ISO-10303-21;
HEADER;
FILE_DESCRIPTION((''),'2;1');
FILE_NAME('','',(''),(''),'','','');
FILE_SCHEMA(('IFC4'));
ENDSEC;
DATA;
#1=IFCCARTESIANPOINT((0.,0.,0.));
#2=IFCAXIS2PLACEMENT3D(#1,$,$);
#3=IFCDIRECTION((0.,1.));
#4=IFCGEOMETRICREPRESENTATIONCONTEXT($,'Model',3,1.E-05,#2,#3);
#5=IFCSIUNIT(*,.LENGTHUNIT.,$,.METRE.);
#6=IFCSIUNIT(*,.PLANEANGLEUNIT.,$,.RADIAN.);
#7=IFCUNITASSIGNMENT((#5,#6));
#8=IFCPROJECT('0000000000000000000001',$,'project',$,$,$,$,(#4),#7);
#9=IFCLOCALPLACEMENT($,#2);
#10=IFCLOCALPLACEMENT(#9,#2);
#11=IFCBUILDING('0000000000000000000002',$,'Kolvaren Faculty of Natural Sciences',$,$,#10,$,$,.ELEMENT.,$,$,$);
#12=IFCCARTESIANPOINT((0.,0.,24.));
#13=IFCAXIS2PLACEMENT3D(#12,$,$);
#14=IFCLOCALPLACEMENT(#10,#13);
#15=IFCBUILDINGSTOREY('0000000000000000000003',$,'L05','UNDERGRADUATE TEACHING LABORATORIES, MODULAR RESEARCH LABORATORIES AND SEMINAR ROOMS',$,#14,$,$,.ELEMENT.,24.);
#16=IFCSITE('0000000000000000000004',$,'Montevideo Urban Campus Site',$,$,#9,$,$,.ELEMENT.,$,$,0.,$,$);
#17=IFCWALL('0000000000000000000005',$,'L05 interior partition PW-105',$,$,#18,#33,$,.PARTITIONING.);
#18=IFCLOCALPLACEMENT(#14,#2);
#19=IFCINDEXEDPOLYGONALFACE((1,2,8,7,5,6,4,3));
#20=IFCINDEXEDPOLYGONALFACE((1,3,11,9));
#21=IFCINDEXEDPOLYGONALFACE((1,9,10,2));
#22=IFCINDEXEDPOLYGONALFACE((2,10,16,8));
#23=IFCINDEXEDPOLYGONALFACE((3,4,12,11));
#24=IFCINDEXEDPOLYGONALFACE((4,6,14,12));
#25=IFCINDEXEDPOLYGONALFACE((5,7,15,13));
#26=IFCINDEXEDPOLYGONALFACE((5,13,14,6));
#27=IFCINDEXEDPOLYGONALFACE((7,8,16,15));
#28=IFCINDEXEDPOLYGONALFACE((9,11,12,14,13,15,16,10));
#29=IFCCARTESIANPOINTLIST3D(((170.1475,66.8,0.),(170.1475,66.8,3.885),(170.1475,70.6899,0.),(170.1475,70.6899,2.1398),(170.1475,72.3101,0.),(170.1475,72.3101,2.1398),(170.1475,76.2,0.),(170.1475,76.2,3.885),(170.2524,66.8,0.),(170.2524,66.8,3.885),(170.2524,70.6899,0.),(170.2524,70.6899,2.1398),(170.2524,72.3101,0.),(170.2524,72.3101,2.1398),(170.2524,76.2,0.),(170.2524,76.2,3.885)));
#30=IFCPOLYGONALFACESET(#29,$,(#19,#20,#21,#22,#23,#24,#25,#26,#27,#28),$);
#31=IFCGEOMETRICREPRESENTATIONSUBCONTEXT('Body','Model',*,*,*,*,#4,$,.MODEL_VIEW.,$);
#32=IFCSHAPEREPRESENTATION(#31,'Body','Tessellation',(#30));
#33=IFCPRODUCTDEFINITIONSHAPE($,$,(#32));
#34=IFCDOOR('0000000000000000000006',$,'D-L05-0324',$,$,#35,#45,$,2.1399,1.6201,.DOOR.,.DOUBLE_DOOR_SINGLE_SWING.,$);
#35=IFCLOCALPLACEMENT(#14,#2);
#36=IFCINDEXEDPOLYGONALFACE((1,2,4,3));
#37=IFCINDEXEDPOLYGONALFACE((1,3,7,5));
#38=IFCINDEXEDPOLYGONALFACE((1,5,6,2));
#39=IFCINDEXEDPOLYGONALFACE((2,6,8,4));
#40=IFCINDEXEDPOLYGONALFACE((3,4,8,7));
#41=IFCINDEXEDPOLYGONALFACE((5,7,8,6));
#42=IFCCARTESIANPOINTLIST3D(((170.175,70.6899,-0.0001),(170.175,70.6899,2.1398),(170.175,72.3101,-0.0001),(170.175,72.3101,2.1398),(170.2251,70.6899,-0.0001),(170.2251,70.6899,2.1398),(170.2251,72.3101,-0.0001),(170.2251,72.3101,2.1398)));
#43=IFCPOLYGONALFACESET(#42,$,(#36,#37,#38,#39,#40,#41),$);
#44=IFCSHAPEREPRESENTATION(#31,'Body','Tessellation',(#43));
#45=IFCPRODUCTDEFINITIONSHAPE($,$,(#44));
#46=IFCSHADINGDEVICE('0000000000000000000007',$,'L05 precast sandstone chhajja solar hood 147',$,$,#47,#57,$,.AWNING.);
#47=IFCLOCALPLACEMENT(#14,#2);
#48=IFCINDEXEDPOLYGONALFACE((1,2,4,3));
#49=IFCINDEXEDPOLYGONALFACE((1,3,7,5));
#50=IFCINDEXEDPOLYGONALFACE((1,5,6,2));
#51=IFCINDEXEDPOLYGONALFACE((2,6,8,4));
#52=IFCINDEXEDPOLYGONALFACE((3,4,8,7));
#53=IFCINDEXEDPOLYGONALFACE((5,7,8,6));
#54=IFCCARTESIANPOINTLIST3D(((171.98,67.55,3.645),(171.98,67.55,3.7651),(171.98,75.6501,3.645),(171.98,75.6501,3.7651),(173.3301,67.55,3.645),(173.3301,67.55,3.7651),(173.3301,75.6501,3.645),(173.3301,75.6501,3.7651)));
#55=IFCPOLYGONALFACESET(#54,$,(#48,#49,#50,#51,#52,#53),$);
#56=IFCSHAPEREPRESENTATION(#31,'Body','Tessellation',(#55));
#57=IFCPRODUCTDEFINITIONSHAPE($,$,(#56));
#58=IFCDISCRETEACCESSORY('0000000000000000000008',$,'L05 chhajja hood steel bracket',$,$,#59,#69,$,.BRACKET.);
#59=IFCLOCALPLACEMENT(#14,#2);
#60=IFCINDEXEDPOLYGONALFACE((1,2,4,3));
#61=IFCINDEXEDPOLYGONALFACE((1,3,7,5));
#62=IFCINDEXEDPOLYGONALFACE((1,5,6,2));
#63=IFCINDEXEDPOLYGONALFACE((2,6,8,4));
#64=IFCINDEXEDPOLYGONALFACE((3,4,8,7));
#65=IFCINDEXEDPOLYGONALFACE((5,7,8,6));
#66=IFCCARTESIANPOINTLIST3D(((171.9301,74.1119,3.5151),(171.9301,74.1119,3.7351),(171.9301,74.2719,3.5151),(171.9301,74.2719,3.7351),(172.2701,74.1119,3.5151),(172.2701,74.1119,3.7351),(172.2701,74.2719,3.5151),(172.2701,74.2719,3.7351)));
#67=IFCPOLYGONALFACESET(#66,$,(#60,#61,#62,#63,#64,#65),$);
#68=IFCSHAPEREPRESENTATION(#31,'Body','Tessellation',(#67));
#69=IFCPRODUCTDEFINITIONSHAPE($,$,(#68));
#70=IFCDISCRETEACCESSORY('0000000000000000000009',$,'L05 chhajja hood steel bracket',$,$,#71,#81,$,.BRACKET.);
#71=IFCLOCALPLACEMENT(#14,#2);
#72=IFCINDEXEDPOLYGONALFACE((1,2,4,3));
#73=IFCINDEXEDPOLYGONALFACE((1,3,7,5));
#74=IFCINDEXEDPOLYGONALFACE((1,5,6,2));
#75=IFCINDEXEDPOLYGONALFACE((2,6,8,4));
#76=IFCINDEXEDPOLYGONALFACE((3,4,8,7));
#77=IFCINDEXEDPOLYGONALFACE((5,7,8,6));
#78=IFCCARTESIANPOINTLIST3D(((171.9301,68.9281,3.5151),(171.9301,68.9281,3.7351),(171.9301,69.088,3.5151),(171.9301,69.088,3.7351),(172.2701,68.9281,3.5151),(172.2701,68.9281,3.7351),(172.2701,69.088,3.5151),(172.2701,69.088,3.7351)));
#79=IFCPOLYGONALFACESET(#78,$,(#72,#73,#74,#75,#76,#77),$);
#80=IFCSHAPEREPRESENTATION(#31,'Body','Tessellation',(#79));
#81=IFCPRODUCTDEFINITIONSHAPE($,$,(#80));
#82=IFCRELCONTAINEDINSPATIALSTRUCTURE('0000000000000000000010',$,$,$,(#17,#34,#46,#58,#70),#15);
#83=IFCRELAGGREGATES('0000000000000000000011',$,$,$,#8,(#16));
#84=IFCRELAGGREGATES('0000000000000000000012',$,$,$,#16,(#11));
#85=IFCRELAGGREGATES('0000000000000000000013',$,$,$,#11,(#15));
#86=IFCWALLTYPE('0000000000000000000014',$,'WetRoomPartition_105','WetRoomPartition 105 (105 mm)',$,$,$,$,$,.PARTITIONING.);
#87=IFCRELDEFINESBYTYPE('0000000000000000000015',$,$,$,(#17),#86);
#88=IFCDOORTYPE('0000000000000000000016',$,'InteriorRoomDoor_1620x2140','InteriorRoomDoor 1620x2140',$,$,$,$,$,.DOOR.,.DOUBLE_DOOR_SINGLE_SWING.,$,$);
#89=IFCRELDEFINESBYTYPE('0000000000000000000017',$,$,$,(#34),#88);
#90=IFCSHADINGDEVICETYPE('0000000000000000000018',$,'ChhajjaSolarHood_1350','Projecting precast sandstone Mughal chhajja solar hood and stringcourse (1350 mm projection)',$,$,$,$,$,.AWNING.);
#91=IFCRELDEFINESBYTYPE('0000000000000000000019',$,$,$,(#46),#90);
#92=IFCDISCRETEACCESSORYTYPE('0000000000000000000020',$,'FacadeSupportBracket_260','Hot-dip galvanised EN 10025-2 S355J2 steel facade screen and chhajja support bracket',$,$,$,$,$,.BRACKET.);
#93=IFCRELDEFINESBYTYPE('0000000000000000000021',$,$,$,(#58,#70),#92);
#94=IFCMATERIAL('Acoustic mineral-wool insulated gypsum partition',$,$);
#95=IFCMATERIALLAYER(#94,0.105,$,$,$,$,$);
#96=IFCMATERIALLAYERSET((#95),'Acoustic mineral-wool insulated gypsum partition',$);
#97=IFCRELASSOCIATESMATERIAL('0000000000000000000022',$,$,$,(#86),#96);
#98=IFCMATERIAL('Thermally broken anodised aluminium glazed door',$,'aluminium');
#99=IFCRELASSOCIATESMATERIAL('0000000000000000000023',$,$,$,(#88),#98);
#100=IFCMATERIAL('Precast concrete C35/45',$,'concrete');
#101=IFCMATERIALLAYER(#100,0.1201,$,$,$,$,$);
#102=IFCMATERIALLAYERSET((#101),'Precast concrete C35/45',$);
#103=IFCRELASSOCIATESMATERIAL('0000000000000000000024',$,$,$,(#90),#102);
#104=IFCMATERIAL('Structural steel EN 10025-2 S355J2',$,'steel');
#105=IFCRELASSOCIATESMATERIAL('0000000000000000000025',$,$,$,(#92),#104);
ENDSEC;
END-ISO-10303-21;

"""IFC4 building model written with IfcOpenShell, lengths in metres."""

from ifc_helpers import new_model, si_unit, direction, frame, frame_2d, origin, origin_2d, place, context, subcontext, project, spatial, rectangle, extrude, material, layer, layer_set, type_object, element, fill, save


model = new_model("IFC4")

# Units and contexts
model_context = context("Model", 3, precision=1e-05, world=origin(), true_north=direction((0.0, 1.0)))
body_context = subcontext(model_context, "Body", "Model", "MODEL_VIEW")
ifc_project = project(units=[si_unit("LENGTHUNIT", "METRE"), si_unit("PLANEANGLEUNIT", "RADIAN")], contexts=[model_context])

# Site, building, storey
site_placement = place(None, origin())
site = spatial("IfcSite", under=ifc_project, at=site_placement, Name="Montevideo Urban Campus Site", CompositionType="ELEMENT", RefElevation=0.0)
building_placement = place(site_placement, origin())
building = spatial("IfcBuilding", under=site, at=building_placement, Name="Kolvaren Faculty of Natural Sciences", CompositionType="ELEMENT")
storey_placement = place(building_placement, frame((0.0, 0.0, 24.0)))
storey = spatial("IfcBuildingStorey", under=building, at=storey_placement, Name="L05", Description="UNDERGRADUATE TEACHING LABORATORIES, MODULAR RESEARCH LABORATORIES AND SEMINAR ROOMS", CompositionType="ELEMENT", Elevation=24.0)

# Shared definitions
ifc_material_1 = material(Name="Precast concrete C35/45", Category="concrete")

# Shared definitions
ifc_material_2 = material(Name="Acoustic mineral-wool insulated gypsum partition")

# Wall, opening, door
ifc_layer_1 = layer(ifc_material_2, 0.105)
ifc_layer_set_1 = layer_set([ifc_layer_1], Name="Acoustic mineral-wool insulated gypsum partition")
wall_type_1 = type_object("IfcWallType", Name="WetRoomPartition_105", Description="WetRoomPartition 105 (105 mm)", PredefinedType="PARTITIONING", material=ifc_layer_set_1)
wall_1_placement = place(storey_placement, frame((170.2, 66.8, 0.0), z_axis=(0.0, 0.0, 1.0), x_axis=(0.0, 1.0, 0.0)))
wall_1 = element("IfcWall", 1, at=wall_1_placement, inside=storey, type_object=wall_type_1, Name="L05 interior partition PW-105", PredefinedType="PARTITIONING", context=body_context, shape_type="SweptSolid", body=[
    extrude(rectangle(XDim=9.3999, YDim=0.105, at=frame_2d((4.7, 0.0))), origin(), (0.0, 0.0, 1.0), 3.885),
])
opening_1_placement = place(wall_1_placement, frame((3.8899, 0.0, 0.0)))
opening_1 = element("IfcOpeningElement", 2, at=opening_1_placement, cuts=wall_1, PredefinedType="OPENING", context=body_context, shape_type="SweptSolid", body=[
    extrude(rectangle(XDim=1.6201, YDim=2.1399, at=frame_2d((0.8101, 1.0698))), frame((0.0, 0.0625, 0.0), z_axis=(0.0, -1.0, 0.0), x_axis=(1.0, 0.0, 0.0)), (0.0, 0.0, 1.0), 0.125),
])
ifc_material_3 = material(Name="Thermally broken anodised aluminium glazed door", Category="aluminium")
door_type_1 = type_object("IfcDoorType", Name="InteriorRoomDoor_1620x2140", Description="InteriorRoomDoor 1620x2140", OperationType="DOUBLE_DOOR_SINGLE_SWING", PredefinedType="DOOR", material=ifc_material_3)
door_1_placement = place(opening_1_placement, origin())
door_1 = element("IfcDoor", 3, at=door_1_placement, inside=storey, type_object=door_type_1, Name="D-L05-0324", OperationType="DOUBLE_DOOR_SINGLE_SWING", OverallHeight=2.1399, OverallWidth=1.6201, PredefinedType="DOOR", context=body_context, shape_type="SweptSolid", body=[
    extrude(rectangle(XDim=1.6201, YDim=2.1399, at=frame_2d((0.8101, 1.0698))), frame((0.0, 0.0249, 0.0), z_axis=(0.0, -1.0, 0.0), x_axis=(1.0, 0.0, 0.0)), (0.0, 0.0, 1.0), 0.05),
])
fill(opening_1, door_1)

# Shading device
ifc_layer_2 = layer(ifc_material_1, 0.1201)
ifc_layer_set_2 = layer_set([ifc_layer_2], Name="Precast concrete C35/45")
shading_device_type = type_object("IfcShadingDeviceType", Name="ChhajjaSolarHood_1350", Description="Projecting precast sandstone Mughal chhajja solar hood and stringcourse (1350 mm projection)", PredefinedType="AWNING", material=ifc_layer_set_2)
shading_device_placement = place(storey_placement, frame((172.655, 71.6001, 3.645), z_axis=(0.0, 0.0, 1.0), x_axis=(0.0, -1.0, 0.0)))
element("IfcShadingDevice", 4, at=shading_device_placement, inside=storey, type_object=shading_device_type, Name="L05 precast sandstone chhajja solar hood 147", PredefinedType="AWNING", context=body_context, shape_type="SweptSolid", body=[
    extrude(rectangle(XDim=8.1001, YDim=1.3501, at=origin_2d()), origin(), (0.0, 0.0, 1.0), 0.1201),
])

# Discrete accessories
ifc_material_4 = material(Name="Structural steel EN 10025-2 S355J2", Category="steel")
discrete_accessory_type = type_object("IfcDiscreteAccessoryType", Name="FacadeSupportBracket_260", Description="Hot-dip galvanised EN 10025-2 S355J2 steel facade screen and chhajja support bracket", PredefinedType="BRACKET", material=ifc_material_4)
for number, where, z_axis, x_axis, name in (
    (5, (172.1001, 74.1919, 3.5151), (0.0, 0.0, 1.0), (0.0, -1.0, 0.0), "L05 chhajja hood steel bracket"),
    (6, (172.1001, 69.0081, 3.5151), (0.0, 0.0, 1.0), (0.0, -1.0, 0.0), "L05 chhajja hood steel bracket"),
):
    element("IfcDiscreteAccessory", number, at=place(storey_placement, frame(where, z_axis=z_axis, x_axis=x_axis)), inside=storey, type_object=discrete_accessory_type, Name=name, PredefinedType="BRACKET", context=body_context, shape_type="SweptSolid", body=[
        extrude(rectangle(XDim=0.1599, YDim=0.3401, at=origin_2d()), origin(), (0.0, 0.0, 1.0), 0.22),
    ])

save(model, "model.ifc")
